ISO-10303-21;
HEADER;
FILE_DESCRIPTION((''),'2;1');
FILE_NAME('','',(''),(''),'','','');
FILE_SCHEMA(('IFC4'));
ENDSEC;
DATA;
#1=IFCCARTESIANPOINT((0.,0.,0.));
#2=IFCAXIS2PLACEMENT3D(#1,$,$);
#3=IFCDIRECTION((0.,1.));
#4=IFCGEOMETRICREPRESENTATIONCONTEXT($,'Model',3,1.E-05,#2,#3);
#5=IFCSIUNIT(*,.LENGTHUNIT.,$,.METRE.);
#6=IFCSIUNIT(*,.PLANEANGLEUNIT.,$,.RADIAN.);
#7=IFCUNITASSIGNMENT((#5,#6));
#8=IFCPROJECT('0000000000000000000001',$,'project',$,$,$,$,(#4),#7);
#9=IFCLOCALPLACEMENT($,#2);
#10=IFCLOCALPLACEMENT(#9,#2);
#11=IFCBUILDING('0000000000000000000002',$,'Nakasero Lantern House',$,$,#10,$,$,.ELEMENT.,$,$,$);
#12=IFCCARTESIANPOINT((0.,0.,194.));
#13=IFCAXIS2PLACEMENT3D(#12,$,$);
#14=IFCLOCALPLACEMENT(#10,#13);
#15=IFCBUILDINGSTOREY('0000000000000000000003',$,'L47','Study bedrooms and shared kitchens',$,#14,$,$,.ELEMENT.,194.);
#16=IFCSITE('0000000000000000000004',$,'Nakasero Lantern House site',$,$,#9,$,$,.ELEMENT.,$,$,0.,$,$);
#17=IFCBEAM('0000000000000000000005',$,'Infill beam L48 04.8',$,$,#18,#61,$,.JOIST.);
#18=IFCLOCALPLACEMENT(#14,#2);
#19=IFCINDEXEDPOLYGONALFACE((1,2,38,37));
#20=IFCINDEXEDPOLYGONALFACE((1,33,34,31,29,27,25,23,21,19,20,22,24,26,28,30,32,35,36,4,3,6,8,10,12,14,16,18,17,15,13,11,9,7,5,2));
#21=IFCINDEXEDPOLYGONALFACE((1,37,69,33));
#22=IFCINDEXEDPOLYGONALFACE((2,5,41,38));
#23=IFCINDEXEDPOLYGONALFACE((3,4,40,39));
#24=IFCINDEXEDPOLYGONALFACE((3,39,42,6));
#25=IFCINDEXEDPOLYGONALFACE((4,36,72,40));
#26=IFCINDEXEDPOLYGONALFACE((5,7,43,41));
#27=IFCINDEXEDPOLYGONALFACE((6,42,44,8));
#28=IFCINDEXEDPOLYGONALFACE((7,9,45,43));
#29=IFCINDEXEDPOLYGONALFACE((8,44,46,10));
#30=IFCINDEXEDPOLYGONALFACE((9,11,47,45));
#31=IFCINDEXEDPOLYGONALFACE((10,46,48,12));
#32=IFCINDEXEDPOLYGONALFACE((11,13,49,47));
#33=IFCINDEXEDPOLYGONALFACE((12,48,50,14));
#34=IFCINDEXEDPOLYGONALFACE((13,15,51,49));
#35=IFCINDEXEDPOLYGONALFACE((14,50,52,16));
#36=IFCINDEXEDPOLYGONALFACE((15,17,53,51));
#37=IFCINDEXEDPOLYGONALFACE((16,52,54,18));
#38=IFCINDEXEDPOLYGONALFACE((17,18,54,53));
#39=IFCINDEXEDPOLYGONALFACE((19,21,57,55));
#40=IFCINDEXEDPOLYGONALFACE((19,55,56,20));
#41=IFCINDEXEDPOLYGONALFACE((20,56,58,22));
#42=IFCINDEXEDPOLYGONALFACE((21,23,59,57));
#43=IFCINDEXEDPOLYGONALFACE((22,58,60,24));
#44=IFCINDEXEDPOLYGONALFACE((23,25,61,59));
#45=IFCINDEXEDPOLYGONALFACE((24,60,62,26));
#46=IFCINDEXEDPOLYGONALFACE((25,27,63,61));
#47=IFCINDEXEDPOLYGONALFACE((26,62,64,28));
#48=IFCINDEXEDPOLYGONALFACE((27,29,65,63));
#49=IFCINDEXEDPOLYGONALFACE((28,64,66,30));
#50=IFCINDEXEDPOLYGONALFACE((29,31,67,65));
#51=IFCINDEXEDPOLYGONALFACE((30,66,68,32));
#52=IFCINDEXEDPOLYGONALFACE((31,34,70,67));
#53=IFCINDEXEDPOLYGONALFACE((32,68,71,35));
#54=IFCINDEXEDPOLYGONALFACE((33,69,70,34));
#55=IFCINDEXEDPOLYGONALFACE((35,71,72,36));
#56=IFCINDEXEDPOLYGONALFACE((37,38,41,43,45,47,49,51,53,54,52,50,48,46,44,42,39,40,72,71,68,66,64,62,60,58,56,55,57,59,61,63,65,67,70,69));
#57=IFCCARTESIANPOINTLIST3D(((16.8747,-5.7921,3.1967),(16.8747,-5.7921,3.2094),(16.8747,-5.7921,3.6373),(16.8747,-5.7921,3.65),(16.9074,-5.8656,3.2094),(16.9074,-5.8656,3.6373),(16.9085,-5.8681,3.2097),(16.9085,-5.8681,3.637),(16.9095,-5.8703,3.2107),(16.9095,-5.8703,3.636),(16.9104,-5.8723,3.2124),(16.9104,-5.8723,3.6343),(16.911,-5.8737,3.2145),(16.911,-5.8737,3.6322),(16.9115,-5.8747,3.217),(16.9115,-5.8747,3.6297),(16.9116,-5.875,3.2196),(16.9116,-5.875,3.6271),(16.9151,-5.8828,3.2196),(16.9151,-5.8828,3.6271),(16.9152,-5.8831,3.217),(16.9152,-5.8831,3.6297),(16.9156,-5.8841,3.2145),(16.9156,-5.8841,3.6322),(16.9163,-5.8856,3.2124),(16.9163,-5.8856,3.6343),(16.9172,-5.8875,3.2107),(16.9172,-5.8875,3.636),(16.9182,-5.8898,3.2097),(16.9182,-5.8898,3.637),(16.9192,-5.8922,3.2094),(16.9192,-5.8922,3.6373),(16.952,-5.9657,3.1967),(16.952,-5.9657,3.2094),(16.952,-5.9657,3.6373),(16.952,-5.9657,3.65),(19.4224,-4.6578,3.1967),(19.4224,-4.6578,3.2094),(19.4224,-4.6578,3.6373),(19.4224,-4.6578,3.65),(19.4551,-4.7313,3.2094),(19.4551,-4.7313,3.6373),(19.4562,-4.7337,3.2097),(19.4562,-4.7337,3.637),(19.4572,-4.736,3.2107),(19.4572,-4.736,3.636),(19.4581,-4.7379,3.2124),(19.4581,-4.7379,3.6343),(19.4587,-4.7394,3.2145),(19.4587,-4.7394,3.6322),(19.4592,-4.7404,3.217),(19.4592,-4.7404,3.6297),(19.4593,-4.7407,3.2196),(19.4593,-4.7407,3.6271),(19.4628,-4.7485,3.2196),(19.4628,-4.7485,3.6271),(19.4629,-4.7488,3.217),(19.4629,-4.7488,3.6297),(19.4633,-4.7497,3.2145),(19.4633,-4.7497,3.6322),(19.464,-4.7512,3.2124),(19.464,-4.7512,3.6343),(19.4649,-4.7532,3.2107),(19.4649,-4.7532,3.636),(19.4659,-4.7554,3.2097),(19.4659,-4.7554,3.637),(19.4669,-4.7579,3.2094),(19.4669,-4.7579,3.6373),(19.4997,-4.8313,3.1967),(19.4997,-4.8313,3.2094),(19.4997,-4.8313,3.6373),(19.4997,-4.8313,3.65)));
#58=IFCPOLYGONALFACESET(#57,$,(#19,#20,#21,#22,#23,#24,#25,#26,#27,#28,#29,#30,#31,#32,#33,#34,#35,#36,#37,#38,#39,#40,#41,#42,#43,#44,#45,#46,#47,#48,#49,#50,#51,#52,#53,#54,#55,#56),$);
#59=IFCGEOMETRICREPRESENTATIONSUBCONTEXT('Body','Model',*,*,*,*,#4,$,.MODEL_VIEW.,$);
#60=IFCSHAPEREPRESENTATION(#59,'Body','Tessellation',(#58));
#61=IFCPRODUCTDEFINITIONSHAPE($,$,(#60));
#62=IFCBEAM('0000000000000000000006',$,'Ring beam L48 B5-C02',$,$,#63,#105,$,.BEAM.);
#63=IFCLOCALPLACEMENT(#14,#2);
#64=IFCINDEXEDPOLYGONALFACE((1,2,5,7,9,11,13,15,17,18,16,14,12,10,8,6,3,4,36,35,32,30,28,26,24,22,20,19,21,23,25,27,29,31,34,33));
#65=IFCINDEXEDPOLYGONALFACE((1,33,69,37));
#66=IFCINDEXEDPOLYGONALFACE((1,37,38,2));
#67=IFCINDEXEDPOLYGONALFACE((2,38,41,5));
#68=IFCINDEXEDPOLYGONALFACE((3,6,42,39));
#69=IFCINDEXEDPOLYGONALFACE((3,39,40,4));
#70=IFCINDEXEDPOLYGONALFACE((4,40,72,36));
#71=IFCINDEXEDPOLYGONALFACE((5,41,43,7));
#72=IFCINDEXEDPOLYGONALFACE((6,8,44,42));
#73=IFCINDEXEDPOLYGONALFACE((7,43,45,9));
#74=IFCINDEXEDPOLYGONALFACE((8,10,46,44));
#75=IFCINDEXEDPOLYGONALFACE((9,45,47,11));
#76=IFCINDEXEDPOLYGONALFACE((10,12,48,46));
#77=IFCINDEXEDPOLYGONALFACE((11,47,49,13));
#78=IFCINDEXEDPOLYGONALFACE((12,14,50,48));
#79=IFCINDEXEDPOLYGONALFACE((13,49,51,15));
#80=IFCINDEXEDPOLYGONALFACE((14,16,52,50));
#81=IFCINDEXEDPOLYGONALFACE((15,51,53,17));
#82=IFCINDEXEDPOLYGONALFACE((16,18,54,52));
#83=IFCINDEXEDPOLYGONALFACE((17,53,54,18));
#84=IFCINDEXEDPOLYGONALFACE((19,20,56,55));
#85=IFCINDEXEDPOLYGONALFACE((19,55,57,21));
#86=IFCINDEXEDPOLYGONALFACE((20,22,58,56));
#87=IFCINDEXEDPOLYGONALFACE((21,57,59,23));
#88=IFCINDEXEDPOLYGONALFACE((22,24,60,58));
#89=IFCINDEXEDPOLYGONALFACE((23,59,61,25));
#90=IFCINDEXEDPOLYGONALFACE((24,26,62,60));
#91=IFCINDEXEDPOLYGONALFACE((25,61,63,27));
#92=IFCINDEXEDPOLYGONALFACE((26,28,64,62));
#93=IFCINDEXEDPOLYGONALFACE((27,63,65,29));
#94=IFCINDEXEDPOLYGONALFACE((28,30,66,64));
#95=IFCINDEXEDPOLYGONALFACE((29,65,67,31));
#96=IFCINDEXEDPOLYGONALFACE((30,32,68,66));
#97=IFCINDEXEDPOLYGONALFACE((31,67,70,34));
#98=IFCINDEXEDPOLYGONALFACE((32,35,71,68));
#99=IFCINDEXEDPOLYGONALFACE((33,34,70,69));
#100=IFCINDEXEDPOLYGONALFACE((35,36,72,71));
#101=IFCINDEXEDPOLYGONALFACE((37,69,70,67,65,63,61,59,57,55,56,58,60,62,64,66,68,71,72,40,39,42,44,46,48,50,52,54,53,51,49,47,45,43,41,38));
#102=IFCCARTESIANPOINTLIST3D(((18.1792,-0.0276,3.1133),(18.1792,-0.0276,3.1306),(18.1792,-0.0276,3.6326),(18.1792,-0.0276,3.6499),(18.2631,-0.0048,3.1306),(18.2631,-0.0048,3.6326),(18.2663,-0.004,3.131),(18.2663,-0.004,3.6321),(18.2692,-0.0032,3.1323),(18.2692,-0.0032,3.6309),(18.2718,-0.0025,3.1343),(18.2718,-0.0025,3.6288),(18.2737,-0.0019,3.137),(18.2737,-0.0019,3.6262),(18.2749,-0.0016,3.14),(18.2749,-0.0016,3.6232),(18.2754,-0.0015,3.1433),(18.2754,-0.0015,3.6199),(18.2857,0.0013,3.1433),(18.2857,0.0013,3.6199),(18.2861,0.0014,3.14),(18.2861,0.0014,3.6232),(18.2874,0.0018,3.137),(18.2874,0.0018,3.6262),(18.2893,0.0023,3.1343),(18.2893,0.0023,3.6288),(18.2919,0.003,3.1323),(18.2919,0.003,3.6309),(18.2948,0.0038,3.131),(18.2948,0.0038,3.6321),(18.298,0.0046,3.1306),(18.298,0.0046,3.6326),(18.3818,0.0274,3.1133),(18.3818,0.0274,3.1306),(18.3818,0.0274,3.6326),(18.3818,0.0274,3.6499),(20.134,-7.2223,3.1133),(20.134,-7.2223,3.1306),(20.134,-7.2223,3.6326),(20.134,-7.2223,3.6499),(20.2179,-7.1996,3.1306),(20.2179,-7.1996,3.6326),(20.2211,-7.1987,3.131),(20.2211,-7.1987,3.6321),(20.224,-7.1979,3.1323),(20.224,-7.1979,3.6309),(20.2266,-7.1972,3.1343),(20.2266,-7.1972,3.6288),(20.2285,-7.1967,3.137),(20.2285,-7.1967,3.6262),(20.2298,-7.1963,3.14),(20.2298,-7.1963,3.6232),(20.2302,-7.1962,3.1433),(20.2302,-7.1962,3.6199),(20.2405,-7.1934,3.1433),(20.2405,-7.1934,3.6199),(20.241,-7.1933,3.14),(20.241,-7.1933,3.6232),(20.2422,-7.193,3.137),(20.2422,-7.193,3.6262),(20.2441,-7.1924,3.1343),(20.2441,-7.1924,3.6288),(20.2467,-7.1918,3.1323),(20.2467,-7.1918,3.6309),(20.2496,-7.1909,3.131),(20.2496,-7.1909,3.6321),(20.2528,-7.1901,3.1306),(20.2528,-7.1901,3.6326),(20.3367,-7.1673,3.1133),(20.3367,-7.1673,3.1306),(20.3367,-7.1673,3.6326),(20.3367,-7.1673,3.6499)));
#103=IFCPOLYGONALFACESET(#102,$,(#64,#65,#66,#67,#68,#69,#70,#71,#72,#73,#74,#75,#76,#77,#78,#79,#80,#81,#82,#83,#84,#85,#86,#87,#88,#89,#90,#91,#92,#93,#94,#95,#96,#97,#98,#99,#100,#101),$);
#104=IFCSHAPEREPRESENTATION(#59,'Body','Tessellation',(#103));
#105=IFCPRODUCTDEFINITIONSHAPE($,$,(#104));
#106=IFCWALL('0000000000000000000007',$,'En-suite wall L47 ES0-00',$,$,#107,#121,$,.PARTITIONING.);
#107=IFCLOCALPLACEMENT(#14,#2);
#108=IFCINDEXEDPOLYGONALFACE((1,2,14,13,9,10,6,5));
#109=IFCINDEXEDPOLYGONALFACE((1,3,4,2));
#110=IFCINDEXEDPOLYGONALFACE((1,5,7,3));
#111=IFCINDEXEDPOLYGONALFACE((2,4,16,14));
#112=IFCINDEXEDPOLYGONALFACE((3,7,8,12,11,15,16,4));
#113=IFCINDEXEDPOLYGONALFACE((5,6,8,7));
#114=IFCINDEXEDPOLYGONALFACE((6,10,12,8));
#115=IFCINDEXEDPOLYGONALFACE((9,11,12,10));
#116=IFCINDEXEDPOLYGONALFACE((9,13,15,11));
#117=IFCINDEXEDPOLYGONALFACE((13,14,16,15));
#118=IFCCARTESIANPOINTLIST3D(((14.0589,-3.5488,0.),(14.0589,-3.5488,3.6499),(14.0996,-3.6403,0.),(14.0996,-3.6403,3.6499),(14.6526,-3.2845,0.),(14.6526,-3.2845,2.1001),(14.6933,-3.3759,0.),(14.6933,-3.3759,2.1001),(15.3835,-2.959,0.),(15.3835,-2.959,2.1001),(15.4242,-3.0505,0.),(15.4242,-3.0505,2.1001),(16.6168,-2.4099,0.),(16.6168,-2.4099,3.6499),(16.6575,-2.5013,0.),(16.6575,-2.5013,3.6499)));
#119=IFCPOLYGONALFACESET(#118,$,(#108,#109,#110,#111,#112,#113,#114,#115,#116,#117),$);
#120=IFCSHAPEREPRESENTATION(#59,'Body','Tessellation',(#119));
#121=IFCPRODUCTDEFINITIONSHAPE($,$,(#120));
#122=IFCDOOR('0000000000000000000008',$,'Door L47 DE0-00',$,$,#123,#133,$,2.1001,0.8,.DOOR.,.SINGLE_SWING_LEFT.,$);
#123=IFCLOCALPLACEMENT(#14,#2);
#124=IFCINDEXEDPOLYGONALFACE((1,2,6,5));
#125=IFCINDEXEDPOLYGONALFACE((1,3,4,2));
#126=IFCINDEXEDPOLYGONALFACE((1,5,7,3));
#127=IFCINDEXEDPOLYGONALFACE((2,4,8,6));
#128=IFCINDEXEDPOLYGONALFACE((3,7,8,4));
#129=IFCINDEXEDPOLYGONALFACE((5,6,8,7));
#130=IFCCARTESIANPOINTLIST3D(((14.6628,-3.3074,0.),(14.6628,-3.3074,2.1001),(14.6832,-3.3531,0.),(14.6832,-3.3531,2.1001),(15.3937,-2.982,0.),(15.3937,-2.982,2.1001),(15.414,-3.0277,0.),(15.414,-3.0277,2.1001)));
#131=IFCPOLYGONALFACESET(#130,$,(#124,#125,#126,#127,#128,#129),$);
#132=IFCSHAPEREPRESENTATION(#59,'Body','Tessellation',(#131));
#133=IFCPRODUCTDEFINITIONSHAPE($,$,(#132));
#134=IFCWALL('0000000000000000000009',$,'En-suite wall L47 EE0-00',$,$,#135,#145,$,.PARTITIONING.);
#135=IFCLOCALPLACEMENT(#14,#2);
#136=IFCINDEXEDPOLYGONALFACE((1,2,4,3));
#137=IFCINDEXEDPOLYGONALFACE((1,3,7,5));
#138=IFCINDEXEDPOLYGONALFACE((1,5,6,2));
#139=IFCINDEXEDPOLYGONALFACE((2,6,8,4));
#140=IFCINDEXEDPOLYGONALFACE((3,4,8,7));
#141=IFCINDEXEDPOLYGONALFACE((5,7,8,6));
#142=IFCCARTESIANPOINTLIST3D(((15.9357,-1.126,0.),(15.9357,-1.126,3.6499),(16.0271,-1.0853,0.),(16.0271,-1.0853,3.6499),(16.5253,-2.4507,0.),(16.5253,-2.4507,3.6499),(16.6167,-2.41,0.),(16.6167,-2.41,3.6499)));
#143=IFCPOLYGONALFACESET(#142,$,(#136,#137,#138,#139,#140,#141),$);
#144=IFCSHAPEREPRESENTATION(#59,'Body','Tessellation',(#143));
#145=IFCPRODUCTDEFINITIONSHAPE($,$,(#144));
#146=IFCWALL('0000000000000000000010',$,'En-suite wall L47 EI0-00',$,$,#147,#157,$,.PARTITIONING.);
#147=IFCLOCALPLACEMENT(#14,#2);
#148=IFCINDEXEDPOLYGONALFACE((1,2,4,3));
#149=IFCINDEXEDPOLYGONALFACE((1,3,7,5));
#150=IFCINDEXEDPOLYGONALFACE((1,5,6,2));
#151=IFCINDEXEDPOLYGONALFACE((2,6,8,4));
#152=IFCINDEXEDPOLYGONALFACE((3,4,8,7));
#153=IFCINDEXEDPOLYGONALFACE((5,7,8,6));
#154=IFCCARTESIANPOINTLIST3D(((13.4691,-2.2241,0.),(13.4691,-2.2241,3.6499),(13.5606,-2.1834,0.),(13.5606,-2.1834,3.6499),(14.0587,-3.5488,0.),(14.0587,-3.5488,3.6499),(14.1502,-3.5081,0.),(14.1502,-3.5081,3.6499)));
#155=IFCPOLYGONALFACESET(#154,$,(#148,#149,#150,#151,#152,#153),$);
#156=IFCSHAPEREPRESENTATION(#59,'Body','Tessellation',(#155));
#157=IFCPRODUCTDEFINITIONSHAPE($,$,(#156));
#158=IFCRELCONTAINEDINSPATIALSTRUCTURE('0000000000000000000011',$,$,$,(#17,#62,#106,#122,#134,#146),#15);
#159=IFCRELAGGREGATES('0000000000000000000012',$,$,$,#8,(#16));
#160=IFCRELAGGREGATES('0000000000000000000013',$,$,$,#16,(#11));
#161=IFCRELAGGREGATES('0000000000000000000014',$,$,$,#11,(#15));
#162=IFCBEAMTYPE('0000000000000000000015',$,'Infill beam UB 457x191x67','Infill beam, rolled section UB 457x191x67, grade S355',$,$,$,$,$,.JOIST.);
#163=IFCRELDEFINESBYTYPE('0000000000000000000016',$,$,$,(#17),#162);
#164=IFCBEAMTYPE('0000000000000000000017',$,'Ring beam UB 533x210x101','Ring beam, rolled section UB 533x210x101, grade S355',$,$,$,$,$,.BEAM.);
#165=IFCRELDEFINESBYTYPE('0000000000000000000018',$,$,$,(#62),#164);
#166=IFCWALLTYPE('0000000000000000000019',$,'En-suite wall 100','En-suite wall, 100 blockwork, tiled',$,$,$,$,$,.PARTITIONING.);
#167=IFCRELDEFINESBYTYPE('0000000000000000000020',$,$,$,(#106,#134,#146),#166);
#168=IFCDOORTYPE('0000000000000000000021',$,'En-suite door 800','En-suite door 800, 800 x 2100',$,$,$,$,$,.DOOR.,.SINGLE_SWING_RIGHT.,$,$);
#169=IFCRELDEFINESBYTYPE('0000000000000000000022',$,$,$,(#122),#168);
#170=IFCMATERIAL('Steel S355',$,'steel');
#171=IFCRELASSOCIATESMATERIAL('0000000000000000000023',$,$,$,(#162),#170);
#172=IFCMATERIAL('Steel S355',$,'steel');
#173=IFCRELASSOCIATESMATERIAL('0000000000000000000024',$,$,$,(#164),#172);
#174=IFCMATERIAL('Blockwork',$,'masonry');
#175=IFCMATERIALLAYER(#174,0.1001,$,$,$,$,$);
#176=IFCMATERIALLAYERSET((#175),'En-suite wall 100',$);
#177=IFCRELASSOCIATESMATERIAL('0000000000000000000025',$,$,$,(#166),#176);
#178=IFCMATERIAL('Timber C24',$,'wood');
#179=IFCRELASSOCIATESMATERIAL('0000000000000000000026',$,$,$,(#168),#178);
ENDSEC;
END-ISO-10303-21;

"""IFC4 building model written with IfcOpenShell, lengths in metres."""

from ifc_helpers import new_model, si_unit, direction, frame, frame_2d, origin, origin_2d, place, context, subcontext, project, spatial, rectangle, i_section, extrude, material, layer, layer_set, material_profile, profile_set, type_object, element, fill, save


model = new_model("IFC4")

# Units and contexts
model_context = context("Model", 3, precision=1e-05, world=origin(), true_north=direction((0.0, 1.0)))
body_context = subcontext(model_context, "Body", "Model", "MODEL_VIEW")
ifc_project = project(units=[si_unit("LENGTHUNIT", "METRE"), si_unit("PLANEANGLEUNIT", "RADIAN")], contexts=[model_context])

# Site, building, storey
site_placement = place(None, origin())
site = spatial("IfcSite", under=ifc_project, at=site_placement, Name="Nakasero Lantern House site", CompositionType="ELEMENT", RefElevation=0.0)
building_placement = place(site_placement, origin())
building = spatial("IfcBuilding", under=site, at=building_placement, Name="Nakasero Lantern House", CompositionType="ELEMENT")
storey_placement = place(building_placement, frame((0.0, 0.0, 194.0)))
storey = spatial("IfcBuildingStorey", under=building, at=storey_placement, Name="L47", Description="Study bedrooms and shared kitchens", CompositionType="ELEMENT", Elevation=194.0)

# Beams
ifc_material_1 = material(Name="Steel S355", Category="steel")
ifc_material_profile_1 = material_profile(ifc_material_1, i_section(OverallWidth=0.1899, OverallDepth=0.4534, WebThickness=0.0085, FlangeThickness=0.0127, FilletRadius=0.0103, at=origin_2d()), Name="UB 457x191x67")
ifc_profile_set_1 = profile_set([ifc_material_profile_1], Name="Steel S355")
beam_type_1 = type_object("IfcBeamType", Name="Infill beam UB 457x191x67", Description="Infill beam, rolled section UB 457x191x67, grade S355", PredefinedType="JOIST", material=ifc_profile_set_1)
beam_1_placement = place(storey_placement, frame((16.9133, -5.8789, 3.4233), z_axis=(0.913544, 0.406739, 0.0), x_axis=(-0.406739, 0.913544, 0.0)))
element("IfcBeam", 1, at=beam_1_placement, inside=storey, type_object=beam_type_1, Name="Infill beam L48 04.8", PredefinedType="JOIST", context=body_context, shape_type="SweptSolid", body=[
    extrude(i_section(OverallWidth=0.1899, OverallDepth=0.4534, WebThickness=0.0085, FlangeThickness=0.0127, FilletRadius=0.0103, at=origin_2d()), origin(), (0.0, 0.0, 1.0), 2.7888),
])
ifc_material_2 = material(Name="Steel S355", Category="steel")
ifc_material_profile_2 = material_profile(ifc_material_2, i_section(OverallWidth=0.21, OverallDepth=0.5366, WebThickness=0.0107, FlangeThickness=0.0173, FilletRadius=0.0127, at=origin_2d()), Name="UB 533x210x101")
ifc_profile_set_2 = profile_set([ifc_material_profile_2], Name="Steel S355")
beam_type_2 = type_object("IfcBeamType", Name="Ring beam UB 533x210x101", Description="Ring beam, rolled section UB 533x210x101, grade S355", PredefinedType="BEAM", material=ifc_profile_set_2)
beam_2_placement = place(storey_placement, frame((20.2354, -7.1948, 3.3816), z_axis=(-0.262195, 0.965015, 0.0), x_axis=(-0.965015, -0.262195, 0.0)))
element("IfcBeam", 2, at=beam_2_placement, inside=storey, type_object=beam_type_2, Name="Ring beam L48 B5-C02", PredefinedType="BEAM", context=body_context, shape_type="SweptSolid", body=[
    extrude(i_section(OverallWidth=0.21, OverallDepth=0.5366, WebThickness=0.0107, FlangeThickness=0.0173, FilletRadius=0.0127, at=origin_2d()), origin(), (0.0, 0.0, 1.0), 7.4556),
])

# Wall, opening, door
ifc_material_3 = material(Name="Blockwork", Category="masonry")
ifc_layer_1 = layer(ifc_material_3, 0.1001)
ifc_layer_set_1 = layer_set([ifc_layer_1], Name="En-suite wall 100")
wall_type_1 = type_object("IfcWallType", Name="En-suite wall 100", Description="En-suite wall, 100 blockwork, tiled", PredefinedType="PARTITIONING", material=ifc_layer_set_1)
wall_1_placement = place(storey_placement, frame((14.0793, -3.5945, 0.0), z_axis=(0.0, 0.0, 1.0), x_axis=(0.913534, 0.406761, 0.0)))
wall_1 = element("IfcWall", 3, at=wall_1_placement, inside=storey, type_object=wall_type_1, Name="En-suite wall L47 ES0-00", PredefinedType="PARTITIONING", context=body_context, shape_type="SweptSolid", body=[
    extrude(rectangle(XDim=2.8, YDim=0.1001, at=frame_2d((1.3999, 0.0))), origin(), (0.0, 0.0, 1.0), 3.6499),
])
opening_1_placement = place(wall_1_placement, frame((0.6499, 0.0, 0.0)))
opening_1 = element("IfcOpeningElement", 4, at=opening_1_placement, cuts=wall_1, PredefinedType="OPENING", context=body_context, shape_type="SweptSolid", body=[
    extrude(rectangle(XDim=0.8, YDim=2.1001, at=frame_2d((0.3999, 1.05))), frame((0.0, 0.0701, 0.0), z_axis=(0.0, -1.0, 0.0), x_axis=(1.0, 0.0, 0.0)), (0.0, 0.0, 1.0), 0.1401),
])
ifc_material_4 = material(Name="Timber C24", Category="wood")
door_type_1 = type_object("IfcDoorType", Name="En-suite door 800", Description="En-suite door 800, 800 x 2100", OperationType="SINGLE_SWING_RIGHT", PredefinedType="DOOR", material=ifc_material_4)
door_1_placement = place(opening_1_placement, origin())
door_1 = element("IfcDoor", 5, at=door_1_placement, inside=storey, type_object=door_type_1, Name="Door L47 DE0-00", OperationType="SINGLE_SWING_LEFT", OverallHeight=2.1001, OverallWidth=0.8, PredefinedType="DOOR", context=body_context, shape_type="SweptSolid", body=[
    extrude(rectangle(XDim=0.8, YDim=2.1001, at=frame_2d((0.3999, 1.05))), frame((0.0, 0.0249, 0.0), z_axis=(0.0, -1.0, 0.0), x_axis=(1.0, 0.0, 0.0)), (0.0, 0.0, 1.0), 0.05),
])
fill(opening_1, door_1)

# Walls
for number, where, z_axis, x_axis, name in (
    (6, (16.571, -2.4304, 0.0), (0.0, 0.0, 1.0), (-0.406623, 0.913596, 0.0), "En-suite wall L47 EE0-00"),
    (7, (14.1045, -3.5286, 0.0), (0.0, 0.0, 1.0), (-0.406623, 0.913596, 0.0), "En-suite wall L47 EI0-00"),
):
    element("IfcWall", number, at=place(storey_placement, frame(where, z_axis=z_axis, x_axis=x_axis)), inside=storey, type_object=wall_type_1, Name=name, PredefinedType="PARTITIONING", context=body_context, shape_type="SweptSolid", body=[
        extrude(rectangle(XDim=1.45, YDim=0.1001, at=frame_2d((0.7251, 0.0))), origin(), (0.0, 0.0, 1.0), 3.6499),
    ])

save(model, "model.ifc")
